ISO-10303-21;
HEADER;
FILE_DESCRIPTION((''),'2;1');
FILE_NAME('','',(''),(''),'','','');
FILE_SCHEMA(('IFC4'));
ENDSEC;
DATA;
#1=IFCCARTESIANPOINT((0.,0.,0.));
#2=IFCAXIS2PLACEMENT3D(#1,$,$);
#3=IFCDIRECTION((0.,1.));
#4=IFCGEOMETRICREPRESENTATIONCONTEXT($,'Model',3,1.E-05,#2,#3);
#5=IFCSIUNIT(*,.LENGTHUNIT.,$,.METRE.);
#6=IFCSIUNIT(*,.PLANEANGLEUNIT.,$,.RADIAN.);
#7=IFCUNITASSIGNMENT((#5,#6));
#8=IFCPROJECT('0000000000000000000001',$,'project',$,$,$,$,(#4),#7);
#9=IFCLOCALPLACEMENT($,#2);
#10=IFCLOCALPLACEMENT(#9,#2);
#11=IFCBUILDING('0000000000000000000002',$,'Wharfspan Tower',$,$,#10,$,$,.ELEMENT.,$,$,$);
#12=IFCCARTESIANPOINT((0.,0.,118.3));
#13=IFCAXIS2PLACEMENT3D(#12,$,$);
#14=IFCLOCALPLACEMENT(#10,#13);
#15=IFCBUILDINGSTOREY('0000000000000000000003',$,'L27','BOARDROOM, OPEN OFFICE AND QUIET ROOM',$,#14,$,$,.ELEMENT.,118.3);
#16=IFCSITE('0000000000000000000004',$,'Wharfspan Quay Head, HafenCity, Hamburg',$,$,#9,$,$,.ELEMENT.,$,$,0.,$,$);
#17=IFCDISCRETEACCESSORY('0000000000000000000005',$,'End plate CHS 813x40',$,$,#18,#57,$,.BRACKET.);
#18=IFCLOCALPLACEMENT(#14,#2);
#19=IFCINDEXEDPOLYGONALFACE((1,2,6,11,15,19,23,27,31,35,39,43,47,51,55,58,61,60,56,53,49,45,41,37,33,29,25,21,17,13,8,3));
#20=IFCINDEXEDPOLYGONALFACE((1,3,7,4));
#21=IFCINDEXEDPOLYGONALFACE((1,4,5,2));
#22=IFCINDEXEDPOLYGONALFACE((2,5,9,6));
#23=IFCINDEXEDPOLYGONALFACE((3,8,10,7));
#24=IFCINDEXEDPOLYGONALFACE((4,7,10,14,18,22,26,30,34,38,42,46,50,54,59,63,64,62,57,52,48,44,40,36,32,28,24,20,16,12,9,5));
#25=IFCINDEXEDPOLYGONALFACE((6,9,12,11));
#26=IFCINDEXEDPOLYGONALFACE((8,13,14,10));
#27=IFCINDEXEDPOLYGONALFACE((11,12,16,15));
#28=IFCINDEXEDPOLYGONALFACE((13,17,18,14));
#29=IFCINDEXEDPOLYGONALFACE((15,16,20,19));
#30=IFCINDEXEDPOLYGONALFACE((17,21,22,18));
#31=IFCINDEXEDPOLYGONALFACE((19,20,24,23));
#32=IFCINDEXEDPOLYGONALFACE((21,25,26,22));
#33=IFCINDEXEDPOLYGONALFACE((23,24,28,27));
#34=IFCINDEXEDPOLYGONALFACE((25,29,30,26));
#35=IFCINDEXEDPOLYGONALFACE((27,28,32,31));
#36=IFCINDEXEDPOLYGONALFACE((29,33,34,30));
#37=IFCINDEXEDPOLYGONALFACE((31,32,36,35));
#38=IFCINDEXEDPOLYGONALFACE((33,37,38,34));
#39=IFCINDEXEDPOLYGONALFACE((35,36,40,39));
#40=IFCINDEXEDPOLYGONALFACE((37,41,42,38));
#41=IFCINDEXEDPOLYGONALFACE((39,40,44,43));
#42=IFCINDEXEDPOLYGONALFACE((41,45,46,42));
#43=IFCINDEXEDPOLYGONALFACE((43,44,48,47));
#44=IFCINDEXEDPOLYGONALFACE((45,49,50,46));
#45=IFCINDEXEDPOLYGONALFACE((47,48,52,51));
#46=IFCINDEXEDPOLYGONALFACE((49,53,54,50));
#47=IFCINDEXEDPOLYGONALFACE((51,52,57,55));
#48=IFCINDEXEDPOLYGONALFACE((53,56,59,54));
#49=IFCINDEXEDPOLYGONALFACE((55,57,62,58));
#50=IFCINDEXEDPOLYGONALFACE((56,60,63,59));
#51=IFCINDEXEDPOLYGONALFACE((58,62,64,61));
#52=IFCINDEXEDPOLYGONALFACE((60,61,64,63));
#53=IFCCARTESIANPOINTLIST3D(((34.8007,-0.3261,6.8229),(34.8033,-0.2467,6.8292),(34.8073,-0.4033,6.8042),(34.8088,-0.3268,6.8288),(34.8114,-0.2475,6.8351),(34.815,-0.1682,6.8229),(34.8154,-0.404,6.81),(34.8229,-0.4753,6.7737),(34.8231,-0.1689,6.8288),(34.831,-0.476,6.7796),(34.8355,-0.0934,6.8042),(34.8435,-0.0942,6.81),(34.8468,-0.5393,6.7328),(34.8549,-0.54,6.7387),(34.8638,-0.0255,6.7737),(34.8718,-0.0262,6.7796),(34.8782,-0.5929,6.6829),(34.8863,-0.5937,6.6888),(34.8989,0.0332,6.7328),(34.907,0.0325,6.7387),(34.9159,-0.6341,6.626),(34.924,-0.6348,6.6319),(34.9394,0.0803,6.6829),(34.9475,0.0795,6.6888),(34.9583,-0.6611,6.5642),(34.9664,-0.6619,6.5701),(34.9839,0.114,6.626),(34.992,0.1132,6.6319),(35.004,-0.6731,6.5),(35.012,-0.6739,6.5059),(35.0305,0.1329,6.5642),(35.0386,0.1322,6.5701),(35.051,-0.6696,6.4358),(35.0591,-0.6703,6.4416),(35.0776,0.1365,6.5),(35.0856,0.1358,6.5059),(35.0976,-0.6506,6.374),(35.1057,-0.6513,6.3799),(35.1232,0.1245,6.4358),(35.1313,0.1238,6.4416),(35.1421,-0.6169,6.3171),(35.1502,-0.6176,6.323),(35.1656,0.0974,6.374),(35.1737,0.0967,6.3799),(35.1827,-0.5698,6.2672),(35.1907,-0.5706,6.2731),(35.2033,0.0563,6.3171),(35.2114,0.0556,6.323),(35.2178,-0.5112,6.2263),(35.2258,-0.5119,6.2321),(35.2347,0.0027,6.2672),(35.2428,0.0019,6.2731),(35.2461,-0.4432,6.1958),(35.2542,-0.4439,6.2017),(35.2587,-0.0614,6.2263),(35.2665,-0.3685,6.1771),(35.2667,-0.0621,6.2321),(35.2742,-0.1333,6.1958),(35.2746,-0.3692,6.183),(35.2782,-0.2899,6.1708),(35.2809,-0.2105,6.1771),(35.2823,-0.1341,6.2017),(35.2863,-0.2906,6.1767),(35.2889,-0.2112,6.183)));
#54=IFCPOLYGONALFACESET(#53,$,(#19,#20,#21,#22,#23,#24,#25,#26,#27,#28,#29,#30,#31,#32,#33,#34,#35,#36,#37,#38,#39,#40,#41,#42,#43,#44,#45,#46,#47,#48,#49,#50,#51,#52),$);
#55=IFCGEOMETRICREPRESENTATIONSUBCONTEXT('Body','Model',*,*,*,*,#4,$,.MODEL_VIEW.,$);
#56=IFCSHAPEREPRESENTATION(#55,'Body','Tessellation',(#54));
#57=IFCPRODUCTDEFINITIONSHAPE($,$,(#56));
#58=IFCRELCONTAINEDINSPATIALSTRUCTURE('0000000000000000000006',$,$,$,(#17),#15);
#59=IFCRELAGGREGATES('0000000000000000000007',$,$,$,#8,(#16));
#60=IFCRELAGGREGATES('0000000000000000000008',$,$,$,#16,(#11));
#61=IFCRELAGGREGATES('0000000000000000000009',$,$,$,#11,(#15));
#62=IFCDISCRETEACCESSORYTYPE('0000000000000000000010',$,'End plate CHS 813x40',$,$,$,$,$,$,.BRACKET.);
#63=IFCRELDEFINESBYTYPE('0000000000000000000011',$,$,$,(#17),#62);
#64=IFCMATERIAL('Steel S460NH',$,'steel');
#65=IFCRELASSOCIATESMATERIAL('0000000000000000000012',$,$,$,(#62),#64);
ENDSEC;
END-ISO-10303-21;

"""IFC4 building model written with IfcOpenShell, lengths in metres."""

from ifc_helpers import new_model, si_unit, direction, frame, origin, origin_2d, place, context, subcontext, project, spatial, circle, extrude, material, material_profile, profile_set, type_object, element, save


model = new_model("IFC4")

# Units and contexts
model_context = context("Model", 3, precision=1e-05, world=origin(), true_north=direction((0.0, 1.0)))
body_context = subcontext(model_context, "Body", "Model", "MODEL_VIEW")
ifc_project = project(units=[si_unit("LENGTHUNIT", "METRE"), si_unit("PLANEANGLEUNIT", "RADIAN")], contexts=[model_context])

# Site, building, storey
site_placement = place(None, origin())
site = spatial("IfcSite", under=ifc_project, at=site_placement, Name="Wharfspan Quay Head, HafenCity, Hamburg", CompositionType="ELEMENT", RefElevation=0.0)
building_placement = place(site_placement, origin())
building = spatial("IfcBuilding", under=site, at=building_placement, Name="Wharfspan Tower", CompositionType="ELEMENT")
storey_placement = place(building_placement, frame((0.0, 0.0, 118.3)))
storey = spatial("IfcBuildingStorey", under=building, at=storey_placement, Name="L27", Description="BOARDROOM, OPEN OFFICE AND QUIET ROOM", CompositionType="ELEMENT", Elevation=118.3)

# Shared definitions
ifc_material_1 = material(Name="Steel S460NH", Category="steel")

# Discrete accessory
ifc_material_profile_1 = material_profile(ifc_material_1, circle(Radius=0.4065, at=origin_2d()))
ifc_profile_set_1 = profile_set([ifc_material_profile_1], Name="Steel S460NH")
discrete_accessory_type = type_object("IfcDiscreteAccessoryType", Name="End plate CHS 813x40", PredefinedType="BRACKET", material=ifc_profile_set_1)
discrete_accessory_placement = place(storey_placement, frame((35.0408, -0.2683, 6.5), z_axis=(0.806559, -0.073324, 0.586588), x_axis=(0.090536, 0.99589, 0.0)))
element("IfcDiscreteAccessory", 1, at=discrete_accessory_placement, inside=storey, type_object=discrete_accessory_type, Name="End plate CHS 813x40", PredefinedType="BRACKET", context=body_context, shape_type="SweptSolid", body=[
    extrude(circle(Radius=0.4065, at=origin_2d()), origin(), (0.0, 0.0, 1.0), 0.01),
])

save(model, "model.ifc")
